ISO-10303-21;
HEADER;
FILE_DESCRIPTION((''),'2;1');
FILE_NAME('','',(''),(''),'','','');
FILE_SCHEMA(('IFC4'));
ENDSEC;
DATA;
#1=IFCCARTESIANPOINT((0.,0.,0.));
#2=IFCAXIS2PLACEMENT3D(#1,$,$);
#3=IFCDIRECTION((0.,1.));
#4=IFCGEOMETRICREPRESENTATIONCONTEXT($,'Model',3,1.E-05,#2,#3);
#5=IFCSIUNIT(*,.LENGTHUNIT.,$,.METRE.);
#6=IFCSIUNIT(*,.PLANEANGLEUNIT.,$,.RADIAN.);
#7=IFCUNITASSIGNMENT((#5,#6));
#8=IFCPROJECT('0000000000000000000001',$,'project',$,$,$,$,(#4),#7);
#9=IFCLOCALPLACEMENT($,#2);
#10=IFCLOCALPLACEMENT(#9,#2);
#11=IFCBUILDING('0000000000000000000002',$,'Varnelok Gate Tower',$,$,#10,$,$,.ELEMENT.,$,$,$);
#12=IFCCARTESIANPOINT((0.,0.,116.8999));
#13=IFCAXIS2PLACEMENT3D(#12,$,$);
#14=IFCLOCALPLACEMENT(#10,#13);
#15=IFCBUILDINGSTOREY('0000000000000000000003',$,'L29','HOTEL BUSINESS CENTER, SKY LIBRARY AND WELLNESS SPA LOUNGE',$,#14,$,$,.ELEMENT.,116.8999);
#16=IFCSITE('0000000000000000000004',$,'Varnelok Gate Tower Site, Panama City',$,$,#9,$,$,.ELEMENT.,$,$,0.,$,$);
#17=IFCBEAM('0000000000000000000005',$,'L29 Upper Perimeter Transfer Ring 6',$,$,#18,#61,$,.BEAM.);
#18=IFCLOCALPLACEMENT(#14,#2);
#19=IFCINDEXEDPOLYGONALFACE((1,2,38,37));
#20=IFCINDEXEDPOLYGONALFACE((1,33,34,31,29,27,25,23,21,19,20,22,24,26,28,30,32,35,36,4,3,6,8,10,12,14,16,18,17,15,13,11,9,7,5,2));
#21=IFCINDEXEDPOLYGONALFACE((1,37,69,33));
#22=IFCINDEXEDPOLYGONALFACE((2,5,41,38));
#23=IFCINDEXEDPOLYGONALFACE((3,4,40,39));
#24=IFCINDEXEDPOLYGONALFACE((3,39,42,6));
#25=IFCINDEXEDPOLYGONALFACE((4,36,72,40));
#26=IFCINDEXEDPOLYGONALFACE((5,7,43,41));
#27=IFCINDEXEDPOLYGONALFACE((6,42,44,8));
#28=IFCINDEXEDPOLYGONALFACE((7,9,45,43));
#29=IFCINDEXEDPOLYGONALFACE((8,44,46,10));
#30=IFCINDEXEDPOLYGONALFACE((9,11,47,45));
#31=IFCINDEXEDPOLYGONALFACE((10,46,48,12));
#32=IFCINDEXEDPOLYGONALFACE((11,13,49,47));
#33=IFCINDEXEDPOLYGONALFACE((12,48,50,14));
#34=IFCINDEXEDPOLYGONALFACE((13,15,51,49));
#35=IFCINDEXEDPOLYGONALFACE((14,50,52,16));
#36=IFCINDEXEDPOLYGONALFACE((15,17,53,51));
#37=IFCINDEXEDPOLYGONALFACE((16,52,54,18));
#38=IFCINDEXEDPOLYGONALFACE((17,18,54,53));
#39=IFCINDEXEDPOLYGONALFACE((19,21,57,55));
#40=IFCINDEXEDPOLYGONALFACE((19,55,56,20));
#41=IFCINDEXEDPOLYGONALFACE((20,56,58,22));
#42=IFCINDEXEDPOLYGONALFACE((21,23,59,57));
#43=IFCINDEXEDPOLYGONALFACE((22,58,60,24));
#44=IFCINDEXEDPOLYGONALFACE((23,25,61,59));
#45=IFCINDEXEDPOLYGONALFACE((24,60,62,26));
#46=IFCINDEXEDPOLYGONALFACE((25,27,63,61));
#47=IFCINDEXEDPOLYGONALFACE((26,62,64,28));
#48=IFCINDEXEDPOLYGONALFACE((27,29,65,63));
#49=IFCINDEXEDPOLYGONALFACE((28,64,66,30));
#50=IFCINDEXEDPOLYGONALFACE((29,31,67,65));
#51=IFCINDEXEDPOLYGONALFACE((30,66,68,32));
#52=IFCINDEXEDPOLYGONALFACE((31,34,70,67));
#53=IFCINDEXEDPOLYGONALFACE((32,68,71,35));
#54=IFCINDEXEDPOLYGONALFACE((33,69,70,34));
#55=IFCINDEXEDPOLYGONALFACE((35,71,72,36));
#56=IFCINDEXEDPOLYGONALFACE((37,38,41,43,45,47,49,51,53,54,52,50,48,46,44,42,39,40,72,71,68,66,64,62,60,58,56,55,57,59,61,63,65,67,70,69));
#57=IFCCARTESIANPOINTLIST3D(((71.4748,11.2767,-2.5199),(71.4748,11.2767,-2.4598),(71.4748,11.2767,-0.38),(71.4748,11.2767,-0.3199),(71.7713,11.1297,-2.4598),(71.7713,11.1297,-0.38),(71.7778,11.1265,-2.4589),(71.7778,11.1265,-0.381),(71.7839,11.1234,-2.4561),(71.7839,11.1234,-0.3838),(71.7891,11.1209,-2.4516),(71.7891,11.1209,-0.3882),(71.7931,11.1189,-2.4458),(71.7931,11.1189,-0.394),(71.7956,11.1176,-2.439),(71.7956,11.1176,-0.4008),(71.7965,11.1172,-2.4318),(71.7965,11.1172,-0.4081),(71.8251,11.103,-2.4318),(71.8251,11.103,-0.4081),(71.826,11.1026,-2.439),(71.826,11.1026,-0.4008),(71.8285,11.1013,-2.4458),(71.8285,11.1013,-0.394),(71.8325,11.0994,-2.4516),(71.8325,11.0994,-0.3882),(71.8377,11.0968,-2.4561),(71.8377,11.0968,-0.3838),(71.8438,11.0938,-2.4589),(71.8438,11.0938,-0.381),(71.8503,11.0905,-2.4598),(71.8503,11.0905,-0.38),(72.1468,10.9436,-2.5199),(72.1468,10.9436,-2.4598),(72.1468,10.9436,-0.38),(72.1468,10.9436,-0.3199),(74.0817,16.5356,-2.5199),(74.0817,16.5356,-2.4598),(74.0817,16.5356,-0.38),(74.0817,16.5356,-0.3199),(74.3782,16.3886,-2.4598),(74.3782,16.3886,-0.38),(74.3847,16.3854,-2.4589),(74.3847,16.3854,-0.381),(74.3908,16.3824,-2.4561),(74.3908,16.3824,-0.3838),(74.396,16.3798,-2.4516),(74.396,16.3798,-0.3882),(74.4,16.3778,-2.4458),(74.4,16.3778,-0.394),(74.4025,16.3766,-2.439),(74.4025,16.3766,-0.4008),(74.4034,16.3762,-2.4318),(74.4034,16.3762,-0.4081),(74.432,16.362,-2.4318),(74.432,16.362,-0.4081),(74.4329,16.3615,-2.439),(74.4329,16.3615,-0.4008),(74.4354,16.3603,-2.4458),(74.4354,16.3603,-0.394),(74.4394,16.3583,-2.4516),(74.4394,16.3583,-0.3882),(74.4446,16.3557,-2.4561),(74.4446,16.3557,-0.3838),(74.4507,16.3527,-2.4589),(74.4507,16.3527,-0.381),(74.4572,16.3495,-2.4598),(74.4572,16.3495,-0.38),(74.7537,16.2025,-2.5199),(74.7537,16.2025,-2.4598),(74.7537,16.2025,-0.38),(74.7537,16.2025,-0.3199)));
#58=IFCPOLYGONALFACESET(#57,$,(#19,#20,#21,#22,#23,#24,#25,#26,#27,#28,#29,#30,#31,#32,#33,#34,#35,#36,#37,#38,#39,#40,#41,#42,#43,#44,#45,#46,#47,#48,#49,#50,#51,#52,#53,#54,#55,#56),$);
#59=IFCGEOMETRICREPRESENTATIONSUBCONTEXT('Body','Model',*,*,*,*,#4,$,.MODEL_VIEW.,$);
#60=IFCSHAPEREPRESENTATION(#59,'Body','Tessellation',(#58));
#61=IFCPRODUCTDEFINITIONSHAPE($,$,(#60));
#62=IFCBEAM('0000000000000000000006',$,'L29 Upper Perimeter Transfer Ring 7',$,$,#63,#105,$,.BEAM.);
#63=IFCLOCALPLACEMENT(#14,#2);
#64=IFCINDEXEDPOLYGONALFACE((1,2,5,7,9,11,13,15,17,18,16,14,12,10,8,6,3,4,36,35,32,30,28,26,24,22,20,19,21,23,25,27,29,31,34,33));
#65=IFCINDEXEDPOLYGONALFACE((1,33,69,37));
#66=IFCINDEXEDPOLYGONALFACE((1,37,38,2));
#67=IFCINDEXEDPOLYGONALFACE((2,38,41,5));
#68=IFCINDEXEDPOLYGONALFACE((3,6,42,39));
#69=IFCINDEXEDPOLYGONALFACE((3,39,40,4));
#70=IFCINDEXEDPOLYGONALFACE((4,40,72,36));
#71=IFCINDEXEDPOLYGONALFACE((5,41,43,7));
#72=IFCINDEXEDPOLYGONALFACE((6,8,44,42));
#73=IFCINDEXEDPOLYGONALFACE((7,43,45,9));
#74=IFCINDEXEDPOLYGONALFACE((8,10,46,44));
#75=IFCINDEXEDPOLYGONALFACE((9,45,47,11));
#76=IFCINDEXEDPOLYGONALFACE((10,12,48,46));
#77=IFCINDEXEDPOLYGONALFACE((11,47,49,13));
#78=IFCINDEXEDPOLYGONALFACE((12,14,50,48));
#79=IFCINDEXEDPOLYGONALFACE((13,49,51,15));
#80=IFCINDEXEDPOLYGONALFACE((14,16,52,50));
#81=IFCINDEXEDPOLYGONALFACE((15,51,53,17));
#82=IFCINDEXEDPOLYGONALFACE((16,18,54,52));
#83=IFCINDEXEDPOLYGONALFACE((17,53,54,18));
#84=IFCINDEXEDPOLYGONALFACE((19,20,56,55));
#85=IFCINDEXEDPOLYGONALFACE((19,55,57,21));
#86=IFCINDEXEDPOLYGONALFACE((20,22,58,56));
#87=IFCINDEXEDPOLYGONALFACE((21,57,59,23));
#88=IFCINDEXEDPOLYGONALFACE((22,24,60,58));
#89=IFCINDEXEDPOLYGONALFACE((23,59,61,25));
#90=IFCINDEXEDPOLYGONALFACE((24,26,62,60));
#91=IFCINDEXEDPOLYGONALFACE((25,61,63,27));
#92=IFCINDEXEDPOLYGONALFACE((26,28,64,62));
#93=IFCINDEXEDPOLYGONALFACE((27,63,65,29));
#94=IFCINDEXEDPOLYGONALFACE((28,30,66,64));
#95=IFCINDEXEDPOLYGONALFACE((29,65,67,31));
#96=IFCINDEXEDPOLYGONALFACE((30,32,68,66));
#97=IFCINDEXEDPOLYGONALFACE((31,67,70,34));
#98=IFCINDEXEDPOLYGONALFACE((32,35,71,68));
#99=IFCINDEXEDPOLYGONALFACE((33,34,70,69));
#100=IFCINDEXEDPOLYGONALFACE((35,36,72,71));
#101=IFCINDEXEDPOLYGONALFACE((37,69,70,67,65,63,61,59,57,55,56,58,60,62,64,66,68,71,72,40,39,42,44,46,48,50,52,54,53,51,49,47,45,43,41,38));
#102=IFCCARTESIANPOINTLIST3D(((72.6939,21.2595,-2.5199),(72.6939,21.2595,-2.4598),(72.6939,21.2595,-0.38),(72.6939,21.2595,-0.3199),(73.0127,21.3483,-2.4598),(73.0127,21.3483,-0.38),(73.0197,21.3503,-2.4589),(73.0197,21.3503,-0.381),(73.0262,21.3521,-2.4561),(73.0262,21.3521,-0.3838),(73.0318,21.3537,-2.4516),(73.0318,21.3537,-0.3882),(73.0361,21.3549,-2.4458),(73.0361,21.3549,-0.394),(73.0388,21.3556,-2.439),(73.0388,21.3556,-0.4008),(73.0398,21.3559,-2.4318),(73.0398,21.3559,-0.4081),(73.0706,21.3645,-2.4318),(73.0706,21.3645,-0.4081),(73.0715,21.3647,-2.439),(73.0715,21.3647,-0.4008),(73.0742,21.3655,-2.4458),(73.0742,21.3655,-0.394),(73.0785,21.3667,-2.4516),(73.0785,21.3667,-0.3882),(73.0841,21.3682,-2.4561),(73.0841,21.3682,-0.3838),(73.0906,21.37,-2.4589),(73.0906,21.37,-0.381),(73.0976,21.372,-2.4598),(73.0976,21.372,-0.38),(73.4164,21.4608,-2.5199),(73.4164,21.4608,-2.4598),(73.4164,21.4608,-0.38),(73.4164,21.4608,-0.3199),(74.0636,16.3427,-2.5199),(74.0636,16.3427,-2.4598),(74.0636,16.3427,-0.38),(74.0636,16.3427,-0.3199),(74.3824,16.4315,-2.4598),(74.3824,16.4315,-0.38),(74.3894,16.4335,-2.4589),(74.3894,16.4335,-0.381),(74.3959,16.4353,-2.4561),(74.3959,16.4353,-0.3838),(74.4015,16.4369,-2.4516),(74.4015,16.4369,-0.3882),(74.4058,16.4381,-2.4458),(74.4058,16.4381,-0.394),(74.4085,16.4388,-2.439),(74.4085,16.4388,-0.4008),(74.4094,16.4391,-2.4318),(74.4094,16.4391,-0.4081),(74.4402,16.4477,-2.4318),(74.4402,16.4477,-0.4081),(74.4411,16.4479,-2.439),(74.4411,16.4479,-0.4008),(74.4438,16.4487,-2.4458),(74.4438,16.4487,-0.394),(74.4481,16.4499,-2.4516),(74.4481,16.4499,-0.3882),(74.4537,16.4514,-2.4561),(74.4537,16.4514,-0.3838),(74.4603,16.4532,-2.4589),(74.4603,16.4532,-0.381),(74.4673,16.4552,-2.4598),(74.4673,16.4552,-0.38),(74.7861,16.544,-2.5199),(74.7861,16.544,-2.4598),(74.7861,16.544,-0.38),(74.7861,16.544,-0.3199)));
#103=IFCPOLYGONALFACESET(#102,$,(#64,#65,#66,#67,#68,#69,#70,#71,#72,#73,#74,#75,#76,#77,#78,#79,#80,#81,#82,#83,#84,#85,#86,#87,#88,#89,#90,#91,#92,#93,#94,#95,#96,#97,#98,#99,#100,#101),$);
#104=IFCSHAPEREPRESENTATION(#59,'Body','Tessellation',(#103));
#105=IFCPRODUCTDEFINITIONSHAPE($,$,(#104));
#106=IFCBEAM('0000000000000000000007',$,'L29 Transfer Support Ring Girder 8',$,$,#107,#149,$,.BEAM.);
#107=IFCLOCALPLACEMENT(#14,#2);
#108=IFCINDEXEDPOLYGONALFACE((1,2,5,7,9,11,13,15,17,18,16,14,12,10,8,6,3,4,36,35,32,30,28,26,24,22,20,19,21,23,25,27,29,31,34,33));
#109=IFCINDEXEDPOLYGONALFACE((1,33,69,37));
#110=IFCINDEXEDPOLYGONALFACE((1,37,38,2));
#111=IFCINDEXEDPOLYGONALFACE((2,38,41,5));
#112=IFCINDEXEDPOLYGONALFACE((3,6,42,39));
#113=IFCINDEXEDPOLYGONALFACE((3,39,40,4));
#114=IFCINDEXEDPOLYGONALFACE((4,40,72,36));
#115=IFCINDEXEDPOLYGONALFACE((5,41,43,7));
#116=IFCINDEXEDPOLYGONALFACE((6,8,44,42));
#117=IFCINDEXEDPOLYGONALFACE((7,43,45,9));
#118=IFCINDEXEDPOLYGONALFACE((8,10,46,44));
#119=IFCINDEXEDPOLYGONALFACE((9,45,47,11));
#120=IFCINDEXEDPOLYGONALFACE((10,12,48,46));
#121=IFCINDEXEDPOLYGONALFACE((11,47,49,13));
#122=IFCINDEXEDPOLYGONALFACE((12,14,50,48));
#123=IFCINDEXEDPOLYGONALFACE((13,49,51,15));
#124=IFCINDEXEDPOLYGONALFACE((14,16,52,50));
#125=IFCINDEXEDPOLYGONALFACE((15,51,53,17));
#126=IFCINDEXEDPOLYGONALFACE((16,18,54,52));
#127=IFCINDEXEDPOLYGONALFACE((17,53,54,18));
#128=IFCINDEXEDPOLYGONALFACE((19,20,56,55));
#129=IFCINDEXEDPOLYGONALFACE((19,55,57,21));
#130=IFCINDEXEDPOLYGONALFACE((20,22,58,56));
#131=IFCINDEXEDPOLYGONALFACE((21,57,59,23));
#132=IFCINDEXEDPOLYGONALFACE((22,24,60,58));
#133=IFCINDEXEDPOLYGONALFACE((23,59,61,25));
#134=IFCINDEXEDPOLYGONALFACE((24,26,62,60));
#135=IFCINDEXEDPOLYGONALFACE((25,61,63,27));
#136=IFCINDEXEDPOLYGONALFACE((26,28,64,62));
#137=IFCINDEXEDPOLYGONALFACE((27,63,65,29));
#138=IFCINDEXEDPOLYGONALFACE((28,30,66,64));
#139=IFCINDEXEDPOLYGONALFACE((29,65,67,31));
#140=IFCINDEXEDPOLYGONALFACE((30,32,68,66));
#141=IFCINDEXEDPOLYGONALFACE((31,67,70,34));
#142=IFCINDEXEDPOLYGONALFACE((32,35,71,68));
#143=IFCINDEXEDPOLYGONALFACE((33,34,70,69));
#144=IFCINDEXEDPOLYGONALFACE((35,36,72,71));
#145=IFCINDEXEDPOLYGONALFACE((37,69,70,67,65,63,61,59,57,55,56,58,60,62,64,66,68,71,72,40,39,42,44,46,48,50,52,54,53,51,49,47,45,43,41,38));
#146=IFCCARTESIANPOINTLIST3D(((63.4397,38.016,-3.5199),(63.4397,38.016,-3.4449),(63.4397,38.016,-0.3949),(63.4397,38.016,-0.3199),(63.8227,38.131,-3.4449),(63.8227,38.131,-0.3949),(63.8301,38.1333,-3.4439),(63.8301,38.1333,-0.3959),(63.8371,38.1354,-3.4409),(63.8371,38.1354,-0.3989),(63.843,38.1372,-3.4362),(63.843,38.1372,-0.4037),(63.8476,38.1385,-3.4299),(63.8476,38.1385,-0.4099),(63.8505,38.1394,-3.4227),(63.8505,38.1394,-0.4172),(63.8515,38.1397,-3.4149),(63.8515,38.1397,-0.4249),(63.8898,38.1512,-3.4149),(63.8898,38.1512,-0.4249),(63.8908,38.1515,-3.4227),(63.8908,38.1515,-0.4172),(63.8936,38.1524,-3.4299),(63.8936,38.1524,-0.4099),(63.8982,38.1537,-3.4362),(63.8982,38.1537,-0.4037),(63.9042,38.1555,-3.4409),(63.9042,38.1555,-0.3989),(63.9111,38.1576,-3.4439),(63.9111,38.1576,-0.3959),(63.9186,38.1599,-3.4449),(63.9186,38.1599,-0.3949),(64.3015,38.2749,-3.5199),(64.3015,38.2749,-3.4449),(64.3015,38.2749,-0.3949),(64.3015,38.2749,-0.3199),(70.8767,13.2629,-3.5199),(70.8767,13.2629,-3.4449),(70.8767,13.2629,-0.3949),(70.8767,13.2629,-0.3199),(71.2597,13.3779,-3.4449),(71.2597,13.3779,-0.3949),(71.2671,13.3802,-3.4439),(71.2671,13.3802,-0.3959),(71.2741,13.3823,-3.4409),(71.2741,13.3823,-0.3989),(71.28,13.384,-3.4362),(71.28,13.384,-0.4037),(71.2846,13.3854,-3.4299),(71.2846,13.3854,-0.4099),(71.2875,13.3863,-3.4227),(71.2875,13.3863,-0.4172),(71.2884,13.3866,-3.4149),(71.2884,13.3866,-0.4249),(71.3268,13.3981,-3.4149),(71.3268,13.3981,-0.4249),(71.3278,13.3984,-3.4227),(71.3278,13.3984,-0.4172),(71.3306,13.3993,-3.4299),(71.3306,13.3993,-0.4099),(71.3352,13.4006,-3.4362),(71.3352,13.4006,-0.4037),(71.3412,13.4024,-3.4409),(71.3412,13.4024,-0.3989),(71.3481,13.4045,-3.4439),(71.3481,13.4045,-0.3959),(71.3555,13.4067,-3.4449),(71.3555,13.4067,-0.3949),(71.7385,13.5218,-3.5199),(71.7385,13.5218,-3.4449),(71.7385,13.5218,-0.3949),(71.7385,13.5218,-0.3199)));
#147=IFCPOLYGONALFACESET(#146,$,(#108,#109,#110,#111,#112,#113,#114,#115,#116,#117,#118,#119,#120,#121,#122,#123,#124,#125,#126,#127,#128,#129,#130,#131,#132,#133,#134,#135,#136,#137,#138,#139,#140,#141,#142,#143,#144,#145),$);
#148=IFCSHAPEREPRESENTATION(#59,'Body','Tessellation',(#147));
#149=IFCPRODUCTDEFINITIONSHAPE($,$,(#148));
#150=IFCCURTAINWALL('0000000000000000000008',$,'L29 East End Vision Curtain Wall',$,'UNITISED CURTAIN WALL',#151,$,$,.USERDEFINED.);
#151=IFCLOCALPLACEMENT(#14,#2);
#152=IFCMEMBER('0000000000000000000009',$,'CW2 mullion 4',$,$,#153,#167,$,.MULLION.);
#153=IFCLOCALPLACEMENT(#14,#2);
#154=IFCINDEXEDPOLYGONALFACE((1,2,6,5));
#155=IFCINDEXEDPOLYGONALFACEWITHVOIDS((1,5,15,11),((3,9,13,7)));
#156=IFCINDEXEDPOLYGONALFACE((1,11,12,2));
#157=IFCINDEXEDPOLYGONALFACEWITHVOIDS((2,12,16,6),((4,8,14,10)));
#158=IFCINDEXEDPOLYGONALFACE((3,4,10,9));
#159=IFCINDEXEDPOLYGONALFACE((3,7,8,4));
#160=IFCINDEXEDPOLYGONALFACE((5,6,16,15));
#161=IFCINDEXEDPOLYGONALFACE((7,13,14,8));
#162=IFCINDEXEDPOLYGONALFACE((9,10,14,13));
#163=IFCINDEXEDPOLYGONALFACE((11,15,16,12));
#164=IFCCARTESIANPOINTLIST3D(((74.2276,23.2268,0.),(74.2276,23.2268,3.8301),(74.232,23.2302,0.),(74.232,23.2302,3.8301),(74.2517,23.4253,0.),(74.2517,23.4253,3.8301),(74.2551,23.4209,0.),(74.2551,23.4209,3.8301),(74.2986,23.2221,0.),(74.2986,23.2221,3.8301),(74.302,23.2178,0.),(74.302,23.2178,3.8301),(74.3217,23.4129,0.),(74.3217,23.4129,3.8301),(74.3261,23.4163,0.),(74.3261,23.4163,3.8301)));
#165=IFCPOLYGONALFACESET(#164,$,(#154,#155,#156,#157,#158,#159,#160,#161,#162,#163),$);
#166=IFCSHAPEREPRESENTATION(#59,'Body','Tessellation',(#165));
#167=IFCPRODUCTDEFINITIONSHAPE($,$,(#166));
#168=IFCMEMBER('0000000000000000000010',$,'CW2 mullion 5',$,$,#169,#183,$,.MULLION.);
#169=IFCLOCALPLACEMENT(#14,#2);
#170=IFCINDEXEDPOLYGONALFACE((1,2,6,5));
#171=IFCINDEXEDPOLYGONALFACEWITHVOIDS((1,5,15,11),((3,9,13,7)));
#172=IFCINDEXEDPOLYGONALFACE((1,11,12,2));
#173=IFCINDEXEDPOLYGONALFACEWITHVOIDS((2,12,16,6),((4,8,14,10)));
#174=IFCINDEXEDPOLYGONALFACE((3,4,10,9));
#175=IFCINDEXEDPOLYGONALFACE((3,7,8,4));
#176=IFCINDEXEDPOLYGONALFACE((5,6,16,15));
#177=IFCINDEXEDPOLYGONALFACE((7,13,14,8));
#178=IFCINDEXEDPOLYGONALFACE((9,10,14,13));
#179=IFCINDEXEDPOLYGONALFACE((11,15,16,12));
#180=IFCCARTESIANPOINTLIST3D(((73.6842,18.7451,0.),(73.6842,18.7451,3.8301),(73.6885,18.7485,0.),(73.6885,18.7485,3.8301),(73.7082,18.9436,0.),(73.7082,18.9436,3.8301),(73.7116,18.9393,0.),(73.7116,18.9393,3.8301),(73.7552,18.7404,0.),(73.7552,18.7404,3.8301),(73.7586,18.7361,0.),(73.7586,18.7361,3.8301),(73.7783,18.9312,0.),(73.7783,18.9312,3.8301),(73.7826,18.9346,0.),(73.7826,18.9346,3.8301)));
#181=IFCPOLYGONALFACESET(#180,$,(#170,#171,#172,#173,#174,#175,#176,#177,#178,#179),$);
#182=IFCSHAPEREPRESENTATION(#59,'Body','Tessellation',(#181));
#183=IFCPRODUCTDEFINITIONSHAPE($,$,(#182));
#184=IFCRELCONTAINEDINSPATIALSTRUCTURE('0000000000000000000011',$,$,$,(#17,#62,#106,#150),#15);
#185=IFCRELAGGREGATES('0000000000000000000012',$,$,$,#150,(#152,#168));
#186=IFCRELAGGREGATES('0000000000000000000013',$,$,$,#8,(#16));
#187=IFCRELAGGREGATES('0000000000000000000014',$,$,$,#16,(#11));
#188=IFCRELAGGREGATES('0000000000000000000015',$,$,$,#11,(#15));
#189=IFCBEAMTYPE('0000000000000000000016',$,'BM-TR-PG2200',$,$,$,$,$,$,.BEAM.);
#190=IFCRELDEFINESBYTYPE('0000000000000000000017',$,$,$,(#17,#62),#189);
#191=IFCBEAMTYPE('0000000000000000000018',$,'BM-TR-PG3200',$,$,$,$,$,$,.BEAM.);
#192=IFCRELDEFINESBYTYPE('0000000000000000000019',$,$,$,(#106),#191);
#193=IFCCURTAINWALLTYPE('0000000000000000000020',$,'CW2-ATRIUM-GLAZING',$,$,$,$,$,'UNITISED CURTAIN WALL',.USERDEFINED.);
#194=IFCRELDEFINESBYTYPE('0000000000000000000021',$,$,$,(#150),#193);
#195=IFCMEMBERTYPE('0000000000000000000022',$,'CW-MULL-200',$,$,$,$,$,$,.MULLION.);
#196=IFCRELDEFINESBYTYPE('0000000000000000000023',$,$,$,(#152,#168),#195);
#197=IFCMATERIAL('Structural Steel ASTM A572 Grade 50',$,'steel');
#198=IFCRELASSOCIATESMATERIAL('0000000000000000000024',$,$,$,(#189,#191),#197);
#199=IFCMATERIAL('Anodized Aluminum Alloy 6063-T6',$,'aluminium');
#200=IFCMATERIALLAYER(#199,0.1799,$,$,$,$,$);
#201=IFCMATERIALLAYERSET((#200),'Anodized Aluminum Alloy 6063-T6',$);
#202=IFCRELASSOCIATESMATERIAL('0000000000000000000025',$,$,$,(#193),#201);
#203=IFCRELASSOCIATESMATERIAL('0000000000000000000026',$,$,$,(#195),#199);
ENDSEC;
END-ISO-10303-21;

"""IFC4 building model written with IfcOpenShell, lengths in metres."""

from ifc_helpers import new_model, si_unit, direction, frame, origin, origin_2d, place, context, subcontext, project, spatial, hollow_rectangle, i_section, extrude, material, layer, layer_set, material_profile, profile_set, type_object, element, aggregate, save


model = new_model("IFC4")

# Units and contexts
model_context = context("Model", 3, precision=1e-05, world=origin(), true_north=direction((0.0, 1.0)))
body_context = subcontext(model_context, "Body", "Model", "MODEL_VIEW")
ifc_project = project(units=[si_unit("LENGTHUNIT", "METRE"), si_unit("PLANEANGLEUNIT", "RADIAN")], contexts=[model_context])

# Site, building, storey
site_placement = place(None, origin())
site = spatial("IfcSite", under=ifc_project, at=site_placement, Name="Varnelok Gate Tower Site, Panama City", CompositionType="ELEMENT", RefElevation=0.0)
building_placement = place(site_placement, origin())
building = spatial("IfcBuilding", under=site, at=building_placement, Name="Varnelok Gate Tower", CompositionType="ELEMENT")
storey_placement = place(building_placement, frame((0.0, 0.0, 116.8999)))
storey = spatial("IfcBuildingStorey", under=building, at=storey_placement, Name="L29", Description="HOTEL BUSINESS CENTER, SKY LIBRARY AND WELLNESS SPA LOUNGE", CompositionType="ELEMENT", Elevation=116.8999)

# Beams
ifc_material_1 = material(Name="Structural Steel ASTM A572 Grade 50", Category="steel")
ifc_material_profile_1 = material_profile(ifc_material_1, i_section(OverallWidth=0.75, OverallDepth=2.2, WebThickness=0.032, FlangeThickness=0.0601, FilletRadius=0.0281, at=origin_2d()), Name="PG2200X750")
ifc_profile_set_1 = profile_set([ifc_material_profile_1], Name="Structural Steel ASTM A572 Grade 50")
beam_type_1 = type_object("IfcBeamType", Name="BM-TR-PG2200", PredefinedType="BEAM", material=ifc_profile_set_1)
beam_1_placement = place(storey_placement, frame((71.8108, 11.1101, -1.4199), z_axis=(0.444133, 0.895961, 0.0), x_axis=(-0.895961, 0.444133, 0.0)))
element("IfcBeam", 1, at=beam_1_placement, inside=storey, type_object=beam_type_1, Name="L29 Upper Perimeter Transfer Ring 6", PredefinedType="BEAM", context=body_context, shape_type="SweptSolid", body=[
    extrude(i_section(OverallWidth=0.75, OverallDepth=2.2, WebThickness=0.032, FlangeThickness=0.0601, FilletRadius=0.0281, at=origin_2d()), origin(), (0.0, 0.0, 1.0), 5.8696),
])
beam_2_placement = place(storey_placement, frame((74.4248, 16.4434, -1.4199), z_axis=(-0.268347, 0.963322, 0.0), x_axis=(-0.963322, -0.268347, 0.0)))
element("IfcBeam", 2, at=beam_2_placement, inside=storey, type_object=beam_type_1, Name="L29 Upper Perimeter Transfer Ring 7", PredefinedType="BEAM", context=body_context, shape_type="SweptSolid", body=[
    extrude(i_section(OverallWidth=0.75, OverallDepth=2.2, WebThickness=0.032, FlangeThickness=0.0601, FilletRadius=0.0281, at=origin_2d()), origin(), (0.0, 0.0, 1.0), 5.104),
])
ifc_material_profile_2 = material_profile(ifc_material_1, i_section(OverallWidth=0.8999, OverallDepth=3.2, WebThickness=0.04, FlangeThickness=0.075, FilletRadius=0.03, at=origin_2d()), Name="PG3200X900")
ifc_profile_set_2 = profile_set([ifc_material_profile_2], Name="Structural Steel ASTM A572 Grade 50")
beam_type_2 = type_object("IfcBeamType", Name="BM-TR-PG3200", PredefinedType="BEAM", material=ifc_profile_set_2)
beam_3_placement = place(storey_placement, frame((71.3076, 13.3923, -1.9199), z_axis=(-0.28774, 0.957708, 0.0), x_axis=(-0.957708, -0.28774, 0.0)))
element("IfcBeam", 3, at=beam_3_placement, inside=storey, type_object=beam_type_2, Name="L29 Transfer Support Ring Girder 8", PredefinedType="BEAM", context=body_context, shape_type="SweptSolid", body=[
    extrude(i_section(OverallWidth=0.8999, OverallDepth=3.2, WebThickness=0.04, FlangeThickness=0.075, FilletRadius=0.03, at=origin_2d()), origin(), (0.0, 0.0, 1.0), 25.8462),
])

# Curtain wall, members
ifc_material_2 = material(Name="Anodized Aluminum Alloy 6063-T6", Category="aluminium")
ifc_layer_1 = layer(ifc_material_2, 0.1799)
ifc_layer_set_1 = layer_set([ifc_layer_1], Name="Anodized Aluminum Alloy 6063-T6")
curtain_wall_type = type_object("IfcCurtainWallType", Name="CW2-ATRIUM-GLAZING", ElementType="UNITISED CURTAIN WALL", PredefinedType="USERDEFINED", material=ifc_layer_set_1)
curtain_wall_placement = place(storey_placement, origin())
curtain_wall = element("IfcCurtainWall", 4, at=curtain_wall_placement, inside=storey, type_object=curtain_wall_type, Name="L29 East End Vision Curtain Wall", ObjectType="UNITISED CURTAIN WALL", PredefinedType="USERDEFINED")
ifc_material_profile_3 = material_profile(ifc_material_2, hollow_rectangle(XDim=0.075, YDim=0.2, WallThickness=0.0039, at=origin_2d()), Name="ALU200X75X4")
ifc_profile_set_3 = profile_set([ifc_material_profile_3], Name="Anodized Aluminum Alloy 6063-T6")
member_type_1 = type_object("IfcMemberType", Name="CW-MULL-200", PredefinedType="MULLION", material=ifc_profile_set_3)
member_1_placement = place(storey_placement, frame((74.2769, 23.3215, 0.0), z_axis=(0.0, 0.0, 1.0), x_axis=(0.992732, -0.120345, 0.0)))
member_1 = element("IfcMember", 5, at=member_1_placement, type_object=member_type_1, Name="CW2 mullion 4", PredefinedType="MULLION", context=body_context, shape_type="SweptSolid", body=[
    extrude(hollow_rectangle(XDim=0.075, YDim=0.2, WallThickness=0.0039, at=origin_2d()), origin(), (0.0, 0.0, 1.0), 3.8301),
])
member_2_placement = place(storey_placement, frame((73.7334, 18.8398, 0.0), z_axis=(0.0, 0.0, 1.0), x_axis=(0.992732, -0.120345, 0.0)))
member_2 = element("IfcMember", 6, at=member_2_placement, type_object=member_type_1, Name="CW2 mullion 5", PredefinedType="MULLION", context=body_context, shape_type="SweptSolid", body=[
    extrude(hollow_rectangle(XDim=0.075, YDim=0.2, WallThickness=0.0039, at=origin_2d()), origin(), (0.0, 0.0, 1.0), 3.8301),
])
aggregate(curtain_wall, [member_1, member_2])

save(model, "model.ifc")
